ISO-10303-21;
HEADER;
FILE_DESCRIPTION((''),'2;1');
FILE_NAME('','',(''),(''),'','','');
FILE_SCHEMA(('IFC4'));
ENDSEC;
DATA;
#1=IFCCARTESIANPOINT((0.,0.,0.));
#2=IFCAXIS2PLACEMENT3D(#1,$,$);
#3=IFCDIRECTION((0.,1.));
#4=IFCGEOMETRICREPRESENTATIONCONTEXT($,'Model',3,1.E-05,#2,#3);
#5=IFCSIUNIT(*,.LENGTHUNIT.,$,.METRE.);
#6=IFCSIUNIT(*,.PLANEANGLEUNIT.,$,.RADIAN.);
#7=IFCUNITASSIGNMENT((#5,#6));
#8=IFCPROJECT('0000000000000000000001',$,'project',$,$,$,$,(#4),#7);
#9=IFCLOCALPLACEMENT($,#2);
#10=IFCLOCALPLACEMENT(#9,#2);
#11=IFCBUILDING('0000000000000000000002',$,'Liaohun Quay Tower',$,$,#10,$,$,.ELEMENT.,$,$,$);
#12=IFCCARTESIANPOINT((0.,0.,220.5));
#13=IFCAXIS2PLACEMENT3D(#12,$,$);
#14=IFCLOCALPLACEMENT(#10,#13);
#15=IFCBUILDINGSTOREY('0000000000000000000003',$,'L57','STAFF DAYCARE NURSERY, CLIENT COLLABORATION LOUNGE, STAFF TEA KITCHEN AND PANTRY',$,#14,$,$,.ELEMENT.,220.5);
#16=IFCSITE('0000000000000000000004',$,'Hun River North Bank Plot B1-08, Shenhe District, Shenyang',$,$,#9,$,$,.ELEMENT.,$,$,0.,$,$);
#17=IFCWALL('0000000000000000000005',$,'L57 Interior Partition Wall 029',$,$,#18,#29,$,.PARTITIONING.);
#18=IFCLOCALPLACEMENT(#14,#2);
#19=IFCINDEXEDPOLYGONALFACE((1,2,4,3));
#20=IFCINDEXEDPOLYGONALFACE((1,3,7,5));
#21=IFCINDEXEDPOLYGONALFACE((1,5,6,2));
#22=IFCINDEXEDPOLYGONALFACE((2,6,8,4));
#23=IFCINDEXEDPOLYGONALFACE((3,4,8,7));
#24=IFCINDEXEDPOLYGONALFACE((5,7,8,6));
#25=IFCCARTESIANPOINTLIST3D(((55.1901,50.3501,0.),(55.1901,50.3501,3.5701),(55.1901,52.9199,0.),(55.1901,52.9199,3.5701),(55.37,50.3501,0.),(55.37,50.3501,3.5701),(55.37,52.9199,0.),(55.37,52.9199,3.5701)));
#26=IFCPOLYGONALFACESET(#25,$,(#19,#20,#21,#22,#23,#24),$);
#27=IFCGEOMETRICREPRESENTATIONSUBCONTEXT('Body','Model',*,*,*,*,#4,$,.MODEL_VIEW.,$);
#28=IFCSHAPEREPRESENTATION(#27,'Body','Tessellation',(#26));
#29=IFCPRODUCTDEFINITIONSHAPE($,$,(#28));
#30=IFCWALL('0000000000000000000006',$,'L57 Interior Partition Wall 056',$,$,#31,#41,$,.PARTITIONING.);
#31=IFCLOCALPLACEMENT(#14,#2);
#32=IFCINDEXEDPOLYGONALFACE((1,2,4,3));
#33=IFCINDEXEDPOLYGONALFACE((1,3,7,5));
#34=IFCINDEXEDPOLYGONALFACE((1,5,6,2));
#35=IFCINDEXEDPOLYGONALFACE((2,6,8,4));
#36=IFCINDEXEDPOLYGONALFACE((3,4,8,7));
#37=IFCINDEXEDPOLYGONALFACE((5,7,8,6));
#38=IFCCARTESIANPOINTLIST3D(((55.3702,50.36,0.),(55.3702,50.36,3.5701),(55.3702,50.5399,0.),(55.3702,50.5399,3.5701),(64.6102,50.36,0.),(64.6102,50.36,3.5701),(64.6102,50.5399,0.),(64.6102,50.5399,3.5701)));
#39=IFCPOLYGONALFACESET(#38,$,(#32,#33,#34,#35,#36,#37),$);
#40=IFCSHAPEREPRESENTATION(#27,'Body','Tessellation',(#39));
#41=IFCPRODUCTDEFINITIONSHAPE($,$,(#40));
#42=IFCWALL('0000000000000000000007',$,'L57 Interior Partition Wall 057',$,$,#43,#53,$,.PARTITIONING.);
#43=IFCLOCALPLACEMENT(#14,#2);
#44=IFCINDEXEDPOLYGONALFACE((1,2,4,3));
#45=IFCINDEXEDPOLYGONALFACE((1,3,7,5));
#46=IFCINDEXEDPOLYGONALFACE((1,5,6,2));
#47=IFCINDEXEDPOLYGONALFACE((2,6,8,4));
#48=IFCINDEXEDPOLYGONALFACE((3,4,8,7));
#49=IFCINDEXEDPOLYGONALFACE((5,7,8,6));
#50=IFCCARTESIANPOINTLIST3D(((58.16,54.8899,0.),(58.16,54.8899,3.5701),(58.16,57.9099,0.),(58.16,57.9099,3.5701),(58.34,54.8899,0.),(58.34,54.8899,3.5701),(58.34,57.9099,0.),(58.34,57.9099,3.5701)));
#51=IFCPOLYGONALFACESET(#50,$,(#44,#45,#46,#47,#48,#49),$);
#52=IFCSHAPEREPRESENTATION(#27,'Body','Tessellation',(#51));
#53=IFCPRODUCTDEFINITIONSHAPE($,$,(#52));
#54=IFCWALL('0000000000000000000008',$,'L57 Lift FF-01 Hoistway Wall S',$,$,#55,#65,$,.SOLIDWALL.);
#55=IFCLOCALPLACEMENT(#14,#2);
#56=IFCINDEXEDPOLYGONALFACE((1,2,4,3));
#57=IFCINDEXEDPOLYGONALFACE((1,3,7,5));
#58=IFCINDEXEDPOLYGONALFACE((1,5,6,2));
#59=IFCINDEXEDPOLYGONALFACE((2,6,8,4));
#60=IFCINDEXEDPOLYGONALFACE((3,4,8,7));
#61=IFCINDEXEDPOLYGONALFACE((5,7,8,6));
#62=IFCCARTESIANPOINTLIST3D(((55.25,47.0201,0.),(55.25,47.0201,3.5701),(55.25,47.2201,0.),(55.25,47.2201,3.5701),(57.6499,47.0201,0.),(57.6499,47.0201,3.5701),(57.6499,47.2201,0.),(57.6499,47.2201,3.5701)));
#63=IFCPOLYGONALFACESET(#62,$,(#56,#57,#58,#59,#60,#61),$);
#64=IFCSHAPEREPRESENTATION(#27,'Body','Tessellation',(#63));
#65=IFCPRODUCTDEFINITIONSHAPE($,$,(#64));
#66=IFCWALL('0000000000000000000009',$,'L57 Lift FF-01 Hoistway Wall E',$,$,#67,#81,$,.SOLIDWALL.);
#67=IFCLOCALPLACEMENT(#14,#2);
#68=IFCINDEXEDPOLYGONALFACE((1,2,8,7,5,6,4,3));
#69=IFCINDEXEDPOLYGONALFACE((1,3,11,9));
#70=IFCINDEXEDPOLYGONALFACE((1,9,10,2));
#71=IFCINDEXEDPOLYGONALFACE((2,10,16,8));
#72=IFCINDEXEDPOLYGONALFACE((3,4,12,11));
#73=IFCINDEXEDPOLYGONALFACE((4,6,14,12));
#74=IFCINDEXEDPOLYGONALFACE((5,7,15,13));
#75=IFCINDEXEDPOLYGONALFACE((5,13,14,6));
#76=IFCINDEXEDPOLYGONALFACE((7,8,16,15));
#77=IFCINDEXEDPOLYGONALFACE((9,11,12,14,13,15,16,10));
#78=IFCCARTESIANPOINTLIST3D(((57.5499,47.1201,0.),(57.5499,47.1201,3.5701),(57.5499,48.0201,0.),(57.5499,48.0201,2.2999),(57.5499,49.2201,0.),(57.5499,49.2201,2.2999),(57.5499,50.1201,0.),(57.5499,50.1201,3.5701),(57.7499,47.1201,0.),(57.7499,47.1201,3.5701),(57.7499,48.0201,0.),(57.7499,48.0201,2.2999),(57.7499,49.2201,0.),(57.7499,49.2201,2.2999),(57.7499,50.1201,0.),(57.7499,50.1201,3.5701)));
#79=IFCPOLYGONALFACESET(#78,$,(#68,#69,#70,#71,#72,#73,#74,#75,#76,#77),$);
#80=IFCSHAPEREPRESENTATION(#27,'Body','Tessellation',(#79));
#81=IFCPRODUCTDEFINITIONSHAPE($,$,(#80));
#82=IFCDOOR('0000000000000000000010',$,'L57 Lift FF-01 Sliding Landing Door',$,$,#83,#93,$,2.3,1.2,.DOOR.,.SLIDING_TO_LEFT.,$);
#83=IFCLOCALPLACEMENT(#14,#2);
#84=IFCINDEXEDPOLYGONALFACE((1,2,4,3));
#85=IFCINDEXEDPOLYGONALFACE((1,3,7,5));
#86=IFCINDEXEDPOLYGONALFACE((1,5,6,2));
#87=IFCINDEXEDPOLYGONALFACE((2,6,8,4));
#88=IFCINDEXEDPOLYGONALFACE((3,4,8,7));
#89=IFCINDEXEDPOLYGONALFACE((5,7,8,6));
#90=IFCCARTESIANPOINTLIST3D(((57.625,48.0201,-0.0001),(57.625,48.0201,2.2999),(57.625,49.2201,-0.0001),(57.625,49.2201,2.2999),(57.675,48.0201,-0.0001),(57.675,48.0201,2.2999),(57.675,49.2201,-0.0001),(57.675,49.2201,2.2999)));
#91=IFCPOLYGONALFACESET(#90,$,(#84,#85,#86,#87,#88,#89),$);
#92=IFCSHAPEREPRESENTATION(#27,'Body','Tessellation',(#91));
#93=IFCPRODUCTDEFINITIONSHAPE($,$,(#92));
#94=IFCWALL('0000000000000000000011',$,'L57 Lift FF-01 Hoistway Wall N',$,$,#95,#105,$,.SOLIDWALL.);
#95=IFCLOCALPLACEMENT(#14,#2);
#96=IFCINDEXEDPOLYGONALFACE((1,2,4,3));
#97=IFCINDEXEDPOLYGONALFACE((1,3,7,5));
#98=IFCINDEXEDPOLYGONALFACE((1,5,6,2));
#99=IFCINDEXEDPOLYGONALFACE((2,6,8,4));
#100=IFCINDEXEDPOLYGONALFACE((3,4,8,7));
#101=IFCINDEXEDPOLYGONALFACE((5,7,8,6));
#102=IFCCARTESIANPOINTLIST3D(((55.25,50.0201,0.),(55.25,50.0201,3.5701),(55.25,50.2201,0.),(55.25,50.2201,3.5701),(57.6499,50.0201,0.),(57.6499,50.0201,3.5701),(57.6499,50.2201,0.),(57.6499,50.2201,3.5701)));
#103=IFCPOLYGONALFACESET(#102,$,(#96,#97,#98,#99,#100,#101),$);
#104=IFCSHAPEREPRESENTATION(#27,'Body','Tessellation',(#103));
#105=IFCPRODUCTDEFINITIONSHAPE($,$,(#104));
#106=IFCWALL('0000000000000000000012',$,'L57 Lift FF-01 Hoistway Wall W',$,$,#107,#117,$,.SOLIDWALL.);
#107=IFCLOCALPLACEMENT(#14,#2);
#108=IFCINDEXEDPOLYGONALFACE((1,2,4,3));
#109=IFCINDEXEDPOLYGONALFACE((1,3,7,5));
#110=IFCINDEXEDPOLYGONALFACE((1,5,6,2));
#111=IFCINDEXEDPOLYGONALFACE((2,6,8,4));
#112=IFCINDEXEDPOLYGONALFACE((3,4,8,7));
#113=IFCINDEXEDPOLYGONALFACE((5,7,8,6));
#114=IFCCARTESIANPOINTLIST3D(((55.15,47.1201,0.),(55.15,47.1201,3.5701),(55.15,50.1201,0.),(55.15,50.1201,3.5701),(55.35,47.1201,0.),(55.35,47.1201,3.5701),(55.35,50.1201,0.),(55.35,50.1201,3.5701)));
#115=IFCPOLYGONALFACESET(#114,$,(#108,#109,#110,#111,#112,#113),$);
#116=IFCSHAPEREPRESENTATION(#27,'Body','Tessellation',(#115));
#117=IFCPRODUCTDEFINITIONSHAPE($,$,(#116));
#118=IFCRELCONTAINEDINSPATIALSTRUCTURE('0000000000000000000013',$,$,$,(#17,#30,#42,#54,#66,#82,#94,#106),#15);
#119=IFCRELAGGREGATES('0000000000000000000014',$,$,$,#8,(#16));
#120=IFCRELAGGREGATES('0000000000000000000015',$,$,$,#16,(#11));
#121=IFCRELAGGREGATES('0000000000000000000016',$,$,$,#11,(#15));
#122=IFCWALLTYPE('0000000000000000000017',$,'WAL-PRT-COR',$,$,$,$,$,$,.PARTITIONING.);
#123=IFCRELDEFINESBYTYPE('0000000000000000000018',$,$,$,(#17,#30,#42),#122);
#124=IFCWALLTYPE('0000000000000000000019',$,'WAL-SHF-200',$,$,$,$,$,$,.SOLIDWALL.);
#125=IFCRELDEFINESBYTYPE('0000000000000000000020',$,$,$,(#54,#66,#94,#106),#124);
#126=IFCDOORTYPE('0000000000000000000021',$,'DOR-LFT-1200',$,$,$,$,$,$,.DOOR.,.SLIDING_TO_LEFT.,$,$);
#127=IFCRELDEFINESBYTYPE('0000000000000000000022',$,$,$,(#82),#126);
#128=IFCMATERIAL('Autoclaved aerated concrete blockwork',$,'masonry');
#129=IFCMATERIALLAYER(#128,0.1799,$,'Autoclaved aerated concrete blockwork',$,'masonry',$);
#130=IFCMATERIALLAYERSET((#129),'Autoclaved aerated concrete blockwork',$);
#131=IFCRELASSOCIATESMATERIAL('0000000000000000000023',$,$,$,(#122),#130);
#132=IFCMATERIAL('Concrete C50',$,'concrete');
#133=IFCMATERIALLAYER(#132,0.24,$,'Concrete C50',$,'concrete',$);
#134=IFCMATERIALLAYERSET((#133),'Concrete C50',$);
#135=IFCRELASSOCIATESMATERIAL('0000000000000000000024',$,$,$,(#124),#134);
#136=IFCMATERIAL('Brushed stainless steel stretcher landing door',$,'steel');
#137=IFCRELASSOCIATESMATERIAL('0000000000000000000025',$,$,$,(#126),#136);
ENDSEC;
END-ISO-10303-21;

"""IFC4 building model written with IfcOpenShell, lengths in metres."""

from ifc_helpers import new_model, si_unit, direction, frame, frame_2d, origin, place, context, subcontext, project, spatial, rectangle, extrude, source, transform, mapped, material, layer, layer_set, type_object, element, fill, save


model = new_model("IFC4")

# Units and contexts
model_context = context("Model", 3, precision=1e-05, world=origin(), true_north=direction((0.0, 1.0)))
body_context = subcontext(model_context, "Body", "Model", "MODEL_VIEW")
ifc_project = project(units=[si_unit("LENGTHUNIT", "METRE"), si_unit("PLANEANGLEUNIT", "RADIAN")], contexts=[model_context])

# Site, building, storey
site_placement = place(None, origin())
site = spatial("IfcSite", under=ifc_project, at=site_placement, Name="Hun River North Bank Plot B1-08, Shenhe District, Shenyang", CompositionType="ELEMENT", RefElevation=0.0)
building_placement = place(site_placement, origin())
building = spatial("IfcBuilding", under=site, at=building_placement, Name="Liaohun Quay Tower", CompositionType="ELEMENT")
storey_placement = place(building_placement, frame((0.0, 0.0, 220.5)))
storey = spatial("IfcBuildingStorey", under=building, at=storey_placement, Name="L57", Description="STAFF DAYCARE NURSERY, CLIENT COLLABORATION LOUNGE, STAFF TEA KITCHEN AND PANTRY", CompositionType="ELEMENT", Elevation=220.5)

# Shared definitions
ifc_material_1 = material(Name="Autoclaved aerated concrete blockwork", Category="masonry")
ifc_layer_1 = layer(ifc_material_1, 0.1799, Name="Autoclaved aerated concrete blockwork", Category="masonry")
ifc_layer_set_1 = layer_set([ifc_layer_1], Name="Autoclaved aerated concrete blockwork")
wall_type_1 = type_object("IfcWallType", Name="WAL-PRT-COR", PredefinedType="PARTITIONING", material=ifc_layer_set_1)

# Walls
wall_1_placement = place(storey_placement, frame((55.28, 50.3501, 0.0), z_axis=(0.0, 0.0, 1.0), x_axis=(0.0, 1.0, 0.0)))
element("IfcWall", 1, at=wall_1_placement, inside=storey, type_object=wall_type_1, Name="L57 Interior Partition Wall 029", PredefinedType="PARTITIONING", context=body_context, shape_type="SweptSolid", body=[
    extrude(rectangle(XDim=2.5698, YDim=0.1799, at=frame_2d((1.2849, 0.0))), origin(), (0.0, 0.0, 1.0), 3.5701),
])
wall_2_placement = place(storey_placement, frame((55.3701, 50.45, 0.0), z_axis=(0.0, 0.0, 1.0), x_axis=(1.0, 0.0, 0.0)))
element("IfcWall", 2, at=wall_2_placement, inside=storey, type_object=wall_type_1, Name="L57 Interior Partition Wall 056", PredefinedType="PARTITIONING", context=body_context, shape_type="SweptSolid", body=[
    extrude(rectangle(XDim=9.24, YDim=0.1799, at=frame_2d((4.6201, 0.0))), origin(), (0.0, 0.0, 1.0), 3.5701),
])
wall_3_placement = place(storey_placement, frame((58.25, 54.8899, 0.0), z_axis=(0.0, 0.0, 1.0), x_axis=(0.0, 1.0, 0.0)))
element("IfcWall", 3, at=wall_3_placement, inside=storey, type_object=wall_type_1, Name="L57 Interior Partition Wall 057", PredefinedType="PARTITIONING", context=body_context, shape_type="SweptSolid", body=[
    extrude(rectangle(XDim=3.02, YDim=0.1799, at=frame_2d((1.51, 0.0))), origin(), (0.0, 0.0, 1.0), 3.5701),
])
ifc_material_2 = material(Name="Concrete C50", Category="concrete")
ifc_layer_2 = layer(ifc_material_2, 0.24, Name="Concrete C50", Category="concrete")
ifc_layer_set_2 = layer_set([ifc_layer_2], Name="Concrete C50")
wall_type_2 = type_object("IfcWallType", Name="WAL-SHF-200", PredefinedType="SOLIDWALL", material=ifc_layer_set_2)
wall_4_placement = place(storey_placement, frame((55.25, 47.1201, 0.0), z_axis=(0.0, 0.0, 1.0), x_axis=(1.0, 0.0, 0.0)))
element("IfcWall", 4, at=wall_4_placement, inside=storey, type_object=wall_type_2, Name="L57 Lift FF-01 Hoistway Wall S", PredefinedType="SOLIDWALL", context=body_context, shape_type="SweptSolid", body=[
    extrude(rectangle(XDim=2.3999, YDim=0.2, at=frame_2d((1.2, 0.0))), origin(), (0.0, 0.0, 1.0), 3.5701),
])

# Wall, opening, door
wall_5_placement = place(storey_placement, frame((57.6499, 47.1201, 0.0), z_axis=(0.0, 0.0, 1.0), x_axis=(0.0, 1.0, 0.0)))
wall_5 = element("IfcWall", 5, at=wall_5_placement, inside=storey, type_object=wall_type_2, Name="L57 Lift FF-01 Hoistway Wall E", PredefinedType="SOLIDWALL", context=body_context, shape_type="SweptSolid", body=[
    extrude(rectangle(XDim=3.0, YDim=0.2, at=frame_2d((1.5, 0.0))), origin(), (0.0, 0.0, 1.0), 3.5701),
])
shared_shape_1 = source(origin(), body_context, "Body", "SweptSolid", [
    extrude(rectangle(XDim=1.2, YDim=2.3, at=frame_2d((0.6001, 1.1499))), frame((0.0, 0.1099, 0.0), z_axis=(0.0, -1.0, 0.0), x_axis=(1.0, 0.0, 0.0)), (0.0, 0.0, 1.0), 0.22),
])
opening_1_placement = place(wall_5_placement, frame((0.8999, 0.0, 0.0)))
opening_1 = element("IfcOpeningElement", 6, at=opening_1_placement, cuts=wall_5, PredefinedType="OPENING", context=body_context, shape_type="MappedRepresentation", body=[
    mapped(shared_shape_1, transform((0.0, 0.0, 0.0), x_axis=(1.0, 0.0, 0.0), y_axis=(0.0, 1.0, 0.0), z_axis=(0.0, 0.0, 1.0), scale=1.0)),
])
ifc_material_3 = material(Name="Brushed stainless steel stretcher landing door", Category="steel")
door_type_1 = type_object("IfcDoorType", Name="DOR-LFT-1200", OperationType="SLIDING_TO_LEFT", PredefinedType="DOOR", material=ifc_material_3)
shared_shape_2 = source(origin(), body_context, "Body", "SweptSolid", [
    extrude(rectangle(XDim=1.2, YDim=2.3, at=frame_2d((0.6001, 1.1499))), frame((0.0, 0.0249, 0.0), z_axis=(0.0, -1.0, 0.0), x_axis=(1.0, 0.0, 0.0)), (0.0, 0.0, 1.0), 0.05),
])
door_1_placement = place(opening_1_placement, origin())
door_1 = element("IfcDoor", 7, at=door_1_placement, inside=storey, type_object=door_type_1, Name="L57 Lift FF-01 Sliding Landing Door", OperationType="SLIDING_TO_LEFT", OverallHeight=2.3, OverallWidth=1.2, PredefinedType="DOOR", context=body_context, shape_type="MappedRepresentation", body=[
    mapped(shared_shape_2, transform((0.0, 0.0, 0.0), x_axis=(1.0, 0.0, 0.0), y_axis=(0.0, 1.0, 0.0), z_axis=(0.0, 0.0, 1.0), scale=1.0)),
])
fill(opening_1, door_1)

# Walls
wall_6_placement = place(storey_placement, frame((57.6499, 50.1201, 0.0), z_axis=(0.0, 0.0, 1.0), x_axis=(-1.0, 0.0, 0.0)))
element("IfcWall", 8, at=wall_6_placement, inside=storey, type_object=wall_type_2, Name="L57 Lift FF-01 Hoistway Wall N", PredefinedType="SOLIDWALL", context=body_context, shape_type="SweptSolid", body=[
    extrude(rectangle(XDim=2.3999, YDim=0.2, at=frame_2d((1.2, 0.0))), origin(), (0.0, 0.0, 1.0), 3.5701),
])
wall_7_placement = place(storey_placement, frame((55.25, 50.1201, 0.0), z_axis=(0.0, 0.0, 1.0), x_axis=(0.0, -1.0, 0.0)))
element("IfcWall", 9, at=wall_7_placement, inside=storey, type_object=wall_type_2, Name="L57 Lift FF-01 Hoistway Wall W", PredefinedType="SOLIDWALL", context=body_context, shape_type="SweptSolid", body=[
    extrude(rectangle(XDim=3.0, YDim=0.2, at=frame_2d((1.5, 0.0))), origin(), (0.0, 0.0, 1.0), 3.5701),
])

save(model, "model.ifc")
